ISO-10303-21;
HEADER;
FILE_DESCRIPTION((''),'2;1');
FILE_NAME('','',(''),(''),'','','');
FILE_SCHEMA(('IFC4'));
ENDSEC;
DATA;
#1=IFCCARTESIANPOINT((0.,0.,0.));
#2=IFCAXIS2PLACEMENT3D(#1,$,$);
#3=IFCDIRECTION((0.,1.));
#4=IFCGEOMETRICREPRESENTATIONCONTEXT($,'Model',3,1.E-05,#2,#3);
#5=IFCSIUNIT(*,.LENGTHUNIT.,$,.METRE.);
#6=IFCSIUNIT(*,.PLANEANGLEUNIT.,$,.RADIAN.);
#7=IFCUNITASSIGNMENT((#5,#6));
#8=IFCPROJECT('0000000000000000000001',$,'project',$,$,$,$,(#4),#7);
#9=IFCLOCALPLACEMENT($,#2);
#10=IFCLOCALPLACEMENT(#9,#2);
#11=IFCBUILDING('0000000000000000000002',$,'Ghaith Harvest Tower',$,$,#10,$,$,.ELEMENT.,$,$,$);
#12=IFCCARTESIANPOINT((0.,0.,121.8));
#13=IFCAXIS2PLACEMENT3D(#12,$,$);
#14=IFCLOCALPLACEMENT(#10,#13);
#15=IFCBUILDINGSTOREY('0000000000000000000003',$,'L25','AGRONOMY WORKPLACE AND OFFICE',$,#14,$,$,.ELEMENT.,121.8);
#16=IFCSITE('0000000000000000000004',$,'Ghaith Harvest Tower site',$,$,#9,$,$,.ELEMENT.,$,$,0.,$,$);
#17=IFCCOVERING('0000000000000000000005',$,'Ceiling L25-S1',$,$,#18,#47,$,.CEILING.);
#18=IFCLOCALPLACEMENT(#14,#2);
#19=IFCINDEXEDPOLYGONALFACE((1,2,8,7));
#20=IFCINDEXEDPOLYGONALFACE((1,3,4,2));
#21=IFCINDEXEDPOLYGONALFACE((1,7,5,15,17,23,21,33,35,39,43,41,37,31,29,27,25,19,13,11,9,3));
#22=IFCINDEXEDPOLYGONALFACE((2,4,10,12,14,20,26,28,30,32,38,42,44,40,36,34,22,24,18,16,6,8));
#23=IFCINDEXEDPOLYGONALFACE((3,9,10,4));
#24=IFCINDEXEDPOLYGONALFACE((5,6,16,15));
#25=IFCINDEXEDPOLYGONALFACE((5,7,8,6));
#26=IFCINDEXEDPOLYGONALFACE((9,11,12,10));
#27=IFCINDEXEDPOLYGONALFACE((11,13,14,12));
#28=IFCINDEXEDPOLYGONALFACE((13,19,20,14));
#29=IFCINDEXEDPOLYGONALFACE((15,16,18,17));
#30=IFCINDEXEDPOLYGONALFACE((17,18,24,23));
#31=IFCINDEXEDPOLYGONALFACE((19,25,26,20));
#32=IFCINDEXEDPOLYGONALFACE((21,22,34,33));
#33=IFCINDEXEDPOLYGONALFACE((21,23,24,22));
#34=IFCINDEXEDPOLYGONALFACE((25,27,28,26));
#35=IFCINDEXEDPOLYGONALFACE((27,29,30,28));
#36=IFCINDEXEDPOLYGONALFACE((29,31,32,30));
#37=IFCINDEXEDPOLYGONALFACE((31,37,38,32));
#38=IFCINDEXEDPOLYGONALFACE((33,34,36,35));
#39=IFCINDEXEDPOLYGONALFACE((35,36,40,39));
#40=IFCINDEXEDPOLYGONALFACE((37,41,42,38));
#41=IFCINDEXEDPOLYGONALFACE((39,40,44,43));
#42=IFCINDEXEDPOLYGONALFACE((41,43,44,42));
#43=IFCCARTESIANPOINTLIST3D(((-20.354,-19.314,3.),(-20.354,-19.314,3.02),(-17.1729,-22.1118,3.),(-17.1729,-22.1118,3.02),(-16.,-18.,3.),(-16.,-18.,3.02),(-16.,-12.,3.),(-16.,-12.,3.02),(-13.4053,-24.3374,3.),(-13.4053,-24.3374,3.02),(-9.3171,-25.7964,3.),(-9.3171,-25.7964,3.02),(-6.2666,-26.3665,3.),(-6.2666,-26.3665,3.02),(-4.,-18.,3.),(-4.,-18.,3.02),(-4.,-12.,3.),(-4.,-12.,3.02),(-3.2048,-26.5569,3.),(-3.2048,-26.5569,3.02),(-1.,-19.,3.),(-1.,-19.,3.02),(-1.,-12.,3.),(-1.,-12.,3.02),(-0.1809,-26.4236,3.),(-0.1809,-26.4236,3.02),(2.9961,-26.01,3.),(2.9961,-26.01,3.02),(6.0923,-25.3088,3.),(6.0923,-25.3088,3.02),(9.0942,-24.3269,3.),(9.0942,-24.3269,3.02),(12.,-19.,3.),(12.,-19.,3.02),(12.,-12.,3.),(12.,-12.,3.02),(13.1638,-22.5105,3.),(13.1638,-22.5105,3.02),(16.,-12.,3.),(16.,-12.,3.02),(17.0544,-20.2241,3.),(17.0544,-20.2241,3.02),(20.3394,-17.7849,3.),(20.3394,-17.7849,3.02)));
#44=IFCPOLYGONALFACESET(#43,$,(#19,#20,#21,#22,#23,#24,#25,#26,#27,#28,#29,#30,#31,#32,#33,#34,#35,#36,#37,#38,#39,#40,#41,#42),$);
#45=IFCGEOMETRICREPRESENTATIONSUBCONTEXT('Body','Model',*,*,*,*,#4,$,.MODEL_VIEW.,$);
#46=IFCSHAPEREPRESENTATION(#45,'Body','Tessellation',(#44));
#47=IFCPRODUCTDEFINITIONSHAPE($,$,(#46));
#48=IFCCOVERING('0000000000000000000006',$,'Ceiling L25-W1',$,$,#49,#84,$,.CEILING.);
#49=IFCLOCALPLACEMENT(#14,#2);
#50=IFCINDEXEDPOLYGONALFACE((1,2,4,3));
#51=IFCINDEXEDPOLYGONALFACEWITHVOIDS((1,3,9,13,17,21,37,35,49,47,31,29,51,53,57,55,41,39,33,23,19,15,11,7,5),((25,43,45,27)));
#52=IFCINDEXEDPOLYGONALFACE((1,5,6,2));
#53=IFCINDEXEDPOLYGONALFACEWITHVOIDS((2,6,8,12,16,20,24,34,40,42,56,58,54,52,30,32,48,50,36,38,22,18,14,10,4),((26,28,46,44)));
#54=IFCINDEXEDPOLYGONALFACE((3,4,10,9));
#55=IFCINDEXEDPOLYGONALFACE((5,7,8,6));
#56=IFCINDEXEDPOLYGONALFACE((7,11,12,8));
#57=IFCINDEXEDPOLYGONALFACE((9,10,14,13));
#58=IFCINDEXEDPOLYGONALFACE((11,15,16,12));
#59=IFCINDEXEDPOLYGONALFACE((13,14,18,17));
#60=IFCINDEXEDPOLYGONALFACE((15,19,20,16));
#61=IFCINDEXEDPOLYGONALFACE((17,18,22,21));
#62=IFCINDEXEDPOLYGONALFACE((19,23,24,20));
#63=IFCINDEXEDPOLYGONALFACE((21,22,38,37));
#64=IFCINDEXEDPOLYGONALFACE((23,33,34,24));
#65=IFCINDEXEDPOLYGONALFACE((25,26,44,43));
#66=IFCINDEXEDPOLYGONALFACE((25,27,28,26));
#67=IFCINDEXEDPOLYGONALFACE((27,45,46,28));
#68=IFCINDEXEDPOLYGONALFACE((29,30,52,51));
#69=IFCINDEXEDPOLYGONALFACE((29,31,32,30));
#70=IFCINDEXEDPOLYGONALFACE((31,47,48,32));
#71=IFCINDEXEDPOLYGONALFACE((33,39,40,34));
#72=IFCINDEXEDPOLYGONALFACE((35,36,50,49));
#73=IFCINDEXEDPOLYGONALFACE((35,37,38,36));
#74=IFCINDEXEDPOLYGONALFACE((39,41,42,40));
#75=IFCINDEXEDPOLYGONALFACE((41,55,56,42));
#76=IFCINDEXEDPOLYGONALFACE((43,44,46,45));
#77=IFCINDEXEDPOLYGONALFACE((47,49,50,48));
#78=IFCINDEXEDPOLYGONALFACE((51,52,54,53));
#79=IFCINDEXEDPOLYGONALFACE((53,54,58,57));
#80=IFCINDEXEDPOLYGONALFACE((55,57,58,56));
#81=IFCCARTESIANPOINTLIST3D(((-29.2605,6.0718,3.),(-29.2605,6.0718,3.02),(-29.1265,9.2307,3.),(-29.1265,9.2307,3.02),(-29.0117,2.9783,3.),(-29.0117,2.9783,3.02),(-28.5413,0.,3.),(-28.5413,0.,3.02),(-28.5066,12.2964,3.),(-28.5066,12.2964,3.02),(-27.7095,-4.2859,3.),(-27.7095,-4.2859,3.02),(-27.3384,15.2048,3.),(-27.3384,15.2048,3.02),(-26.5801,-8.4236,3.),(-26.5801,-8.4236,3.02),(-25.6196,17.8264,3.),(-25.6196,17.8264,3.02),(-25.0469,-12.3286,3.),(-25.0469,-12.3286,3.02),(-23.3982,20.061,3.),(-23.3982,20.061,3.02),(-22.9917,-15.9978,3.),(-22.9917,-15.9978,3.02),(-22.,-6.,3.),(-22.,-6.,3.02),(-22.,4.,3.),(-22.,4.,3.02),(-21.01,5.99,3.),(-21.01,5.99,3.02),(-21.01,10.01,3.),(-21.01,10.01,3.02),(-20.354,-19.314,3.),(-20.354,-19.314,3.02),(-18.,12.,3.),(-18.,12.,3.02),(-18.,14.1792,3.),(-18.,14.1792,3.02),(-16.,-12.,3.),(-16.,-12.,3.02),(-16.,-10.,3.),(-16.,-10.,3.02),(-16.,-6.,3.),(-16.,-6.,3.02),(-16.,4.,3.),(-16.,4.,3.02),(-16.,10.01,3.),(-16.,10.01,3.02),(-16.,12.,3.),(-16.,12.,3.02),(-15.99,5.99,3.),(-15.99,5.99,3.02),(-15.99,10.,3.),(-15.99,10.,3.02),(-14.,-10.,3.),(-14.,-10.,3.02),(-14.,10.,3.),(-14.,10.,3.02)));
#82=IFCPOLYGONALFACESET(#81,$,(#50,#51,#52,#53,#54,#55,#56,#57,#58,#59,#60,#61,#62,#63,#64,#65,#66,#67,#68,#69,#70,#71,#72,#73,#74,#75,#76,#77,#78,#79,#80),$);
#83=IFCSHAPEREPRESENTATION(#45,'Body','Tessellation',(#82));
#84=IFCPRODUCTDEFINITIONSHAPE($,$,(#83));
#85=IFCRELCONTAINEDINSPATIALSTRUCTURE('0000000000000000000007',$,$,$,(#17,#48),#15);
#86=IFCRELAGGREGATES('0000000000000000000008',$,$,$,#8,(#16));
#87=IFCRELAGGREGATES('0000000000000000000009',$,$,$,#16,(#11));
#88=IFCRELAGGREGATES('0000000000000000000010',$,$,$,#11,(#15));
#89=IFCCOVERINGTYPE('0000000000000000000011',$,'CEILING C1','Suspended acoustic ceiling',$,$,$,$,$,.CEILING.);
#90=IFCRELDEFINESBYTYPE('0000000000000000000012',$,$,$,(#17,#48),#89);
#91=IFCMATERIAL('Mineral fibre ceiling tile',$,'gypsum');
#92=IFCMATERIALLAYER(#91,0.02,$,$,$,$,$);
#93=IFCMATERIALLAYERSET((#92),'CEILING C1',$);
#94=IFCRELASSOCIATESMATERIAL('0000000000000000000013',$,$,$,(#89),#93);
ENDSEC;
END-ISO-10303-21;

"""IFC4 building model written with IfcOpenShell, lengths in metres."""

from ifc_helpers import new_model, si_unit, direction, frame, origin, place, context, subcontext, project, spatial, polyline, outline, extrude, material, layer, layer_set, type_object, element, save


model = new_model("IFC4")

# Units and contexts
model_context = context("Model", 3, precision=1e-05, world=origin(), true_north=direction((0.0, 1.0)))
body_context = subcontext(model_context, "Body", "Model", "MODEL_VIEW")
ifc_project = project(units=[si_unit("LENGTHUNIT", "METRE"), si_unit("PLANEANGLEUNIT", "RADIAN")], contexts=[model_context])

# Site, building, storey
site_placement = place(None, origin())
site = spatial("IfcSite", under=ifc_project, at=site_placement, Name="Ghaith Harvest Tower site", CompositionType="ELEMENT", RefElevation=0.0)
building_placement = place(site_placement, origin())
building = spatial("IfcBuilding", under=site, at=building_placement, Name="Ghaith Harvest Tower", CompositionType="ELEMENT")
storey_placement = place(building_placement, frame((0.0, 0.0, 121.8)))
storey = spatial("IfcBuildingStorey", under=building, at=storey_placement, Name="L25", Description="AGRONOMY WORKPLACE AND OFFICE", CompositionType="ELEMENT", Elevation=121.8)

# Coverings
ifc_material_1 = material(Name="Mineral fibre ceiling tile", Category="gypsum")
ifc_layer_1 = layer(ifc_material_1, 0.02)
ifc_layer_set_1 = layer_set([ifc_layer_1], Name="CEILING C1")
covering_type = type_object("IfcCoveringType", Name="CEILING C1", Description="Suspended acoustic ceiling", PredefinedType="CEILING", material=ifc_layer_set_1)
covering_1_placement = place(storey_placement, frame((0.0, 0.0, 3.0)))
element("IfcCovering", 1, at=covering_1_placement, inside=storey, type_object=covering_type, Name="Ceiling L25-S1", PredefinedType="CEILING", context=body_context, shape_type="SweptSolid", body=[
    extrude(outline(polyline([(17.0544, -20.2241), (13.1638, -22.5105), (9.0942, -24.3269), (6.0923, -25.3088), (2.9961, -26.01), (-0.1809, -26.4236), (-3.2048, -26.5569), (-6.2666, -26.3665), (-9.3171, -25.7964), (-13.4053, -24.3374), (-17.1729, -22.1118), (-20.354, -19.314), (-16.0, -12.0), (-16.0, -18.0), (-4.0, -18.0), (-4.0, -12.0), (-1.0, -12.0), (-1.0, -19.0), (12.0, -19.0), (12.0, -12.0), (16.0, -12.0), (20.3394, -17.7849), (17.0544, -20.2241)])), origin(), (0.0, 0.0, 1.0), 0.02),
])
covering_2_placement = place(storey_placement, frame((0.0, 0.0, 3.0)))
element("IfcCovering", 2, at=covering_2_placement, inside=storey, type_object=covering_type, Name="Ceiling L25-W1", PredefinedType="CEILING", context=body_context, shape_type="SweptSolid", body=[
    extrude(outline(polyline([(-26.5801, -8.4236), (-27.7095, -4.2859), (-28.5413, 0.0), (-29.0117, 2.9783), (-29.2605, 6.0718), (-29.1265, 9.2307), (-28.5066, 12.2964), (-27.3384, 15.2048), (-25.6196, 17.8264), (-23.3982, 20.061), (-18.0, 14.1792), (-18.0, 12.0), (-16.0, 12.0), (-16.0, 10.01), (-21.01, 10.01), (-21.01, 5.99), (-15.99, 5.99), (-15.99, 10.0), (-14.0, 10.0), (-14.0, -10.0), (-16.0, -10.0), (-16.0, -12.0), (-20.354, -19.314), (-22.9917, -15.9978), (-25.0469, -12.3286), (-26.5801, -8.4236)]), holes=[polyline([(-16.0, -6.0), (-16.0, 4.0), (-22.0, 4.0), (-22.0, -6.0), (-16.0, -6.0)])]), origin(), (0.0, 0.0, 1.0), 0.02),
])

save(model, "model.ifc")
